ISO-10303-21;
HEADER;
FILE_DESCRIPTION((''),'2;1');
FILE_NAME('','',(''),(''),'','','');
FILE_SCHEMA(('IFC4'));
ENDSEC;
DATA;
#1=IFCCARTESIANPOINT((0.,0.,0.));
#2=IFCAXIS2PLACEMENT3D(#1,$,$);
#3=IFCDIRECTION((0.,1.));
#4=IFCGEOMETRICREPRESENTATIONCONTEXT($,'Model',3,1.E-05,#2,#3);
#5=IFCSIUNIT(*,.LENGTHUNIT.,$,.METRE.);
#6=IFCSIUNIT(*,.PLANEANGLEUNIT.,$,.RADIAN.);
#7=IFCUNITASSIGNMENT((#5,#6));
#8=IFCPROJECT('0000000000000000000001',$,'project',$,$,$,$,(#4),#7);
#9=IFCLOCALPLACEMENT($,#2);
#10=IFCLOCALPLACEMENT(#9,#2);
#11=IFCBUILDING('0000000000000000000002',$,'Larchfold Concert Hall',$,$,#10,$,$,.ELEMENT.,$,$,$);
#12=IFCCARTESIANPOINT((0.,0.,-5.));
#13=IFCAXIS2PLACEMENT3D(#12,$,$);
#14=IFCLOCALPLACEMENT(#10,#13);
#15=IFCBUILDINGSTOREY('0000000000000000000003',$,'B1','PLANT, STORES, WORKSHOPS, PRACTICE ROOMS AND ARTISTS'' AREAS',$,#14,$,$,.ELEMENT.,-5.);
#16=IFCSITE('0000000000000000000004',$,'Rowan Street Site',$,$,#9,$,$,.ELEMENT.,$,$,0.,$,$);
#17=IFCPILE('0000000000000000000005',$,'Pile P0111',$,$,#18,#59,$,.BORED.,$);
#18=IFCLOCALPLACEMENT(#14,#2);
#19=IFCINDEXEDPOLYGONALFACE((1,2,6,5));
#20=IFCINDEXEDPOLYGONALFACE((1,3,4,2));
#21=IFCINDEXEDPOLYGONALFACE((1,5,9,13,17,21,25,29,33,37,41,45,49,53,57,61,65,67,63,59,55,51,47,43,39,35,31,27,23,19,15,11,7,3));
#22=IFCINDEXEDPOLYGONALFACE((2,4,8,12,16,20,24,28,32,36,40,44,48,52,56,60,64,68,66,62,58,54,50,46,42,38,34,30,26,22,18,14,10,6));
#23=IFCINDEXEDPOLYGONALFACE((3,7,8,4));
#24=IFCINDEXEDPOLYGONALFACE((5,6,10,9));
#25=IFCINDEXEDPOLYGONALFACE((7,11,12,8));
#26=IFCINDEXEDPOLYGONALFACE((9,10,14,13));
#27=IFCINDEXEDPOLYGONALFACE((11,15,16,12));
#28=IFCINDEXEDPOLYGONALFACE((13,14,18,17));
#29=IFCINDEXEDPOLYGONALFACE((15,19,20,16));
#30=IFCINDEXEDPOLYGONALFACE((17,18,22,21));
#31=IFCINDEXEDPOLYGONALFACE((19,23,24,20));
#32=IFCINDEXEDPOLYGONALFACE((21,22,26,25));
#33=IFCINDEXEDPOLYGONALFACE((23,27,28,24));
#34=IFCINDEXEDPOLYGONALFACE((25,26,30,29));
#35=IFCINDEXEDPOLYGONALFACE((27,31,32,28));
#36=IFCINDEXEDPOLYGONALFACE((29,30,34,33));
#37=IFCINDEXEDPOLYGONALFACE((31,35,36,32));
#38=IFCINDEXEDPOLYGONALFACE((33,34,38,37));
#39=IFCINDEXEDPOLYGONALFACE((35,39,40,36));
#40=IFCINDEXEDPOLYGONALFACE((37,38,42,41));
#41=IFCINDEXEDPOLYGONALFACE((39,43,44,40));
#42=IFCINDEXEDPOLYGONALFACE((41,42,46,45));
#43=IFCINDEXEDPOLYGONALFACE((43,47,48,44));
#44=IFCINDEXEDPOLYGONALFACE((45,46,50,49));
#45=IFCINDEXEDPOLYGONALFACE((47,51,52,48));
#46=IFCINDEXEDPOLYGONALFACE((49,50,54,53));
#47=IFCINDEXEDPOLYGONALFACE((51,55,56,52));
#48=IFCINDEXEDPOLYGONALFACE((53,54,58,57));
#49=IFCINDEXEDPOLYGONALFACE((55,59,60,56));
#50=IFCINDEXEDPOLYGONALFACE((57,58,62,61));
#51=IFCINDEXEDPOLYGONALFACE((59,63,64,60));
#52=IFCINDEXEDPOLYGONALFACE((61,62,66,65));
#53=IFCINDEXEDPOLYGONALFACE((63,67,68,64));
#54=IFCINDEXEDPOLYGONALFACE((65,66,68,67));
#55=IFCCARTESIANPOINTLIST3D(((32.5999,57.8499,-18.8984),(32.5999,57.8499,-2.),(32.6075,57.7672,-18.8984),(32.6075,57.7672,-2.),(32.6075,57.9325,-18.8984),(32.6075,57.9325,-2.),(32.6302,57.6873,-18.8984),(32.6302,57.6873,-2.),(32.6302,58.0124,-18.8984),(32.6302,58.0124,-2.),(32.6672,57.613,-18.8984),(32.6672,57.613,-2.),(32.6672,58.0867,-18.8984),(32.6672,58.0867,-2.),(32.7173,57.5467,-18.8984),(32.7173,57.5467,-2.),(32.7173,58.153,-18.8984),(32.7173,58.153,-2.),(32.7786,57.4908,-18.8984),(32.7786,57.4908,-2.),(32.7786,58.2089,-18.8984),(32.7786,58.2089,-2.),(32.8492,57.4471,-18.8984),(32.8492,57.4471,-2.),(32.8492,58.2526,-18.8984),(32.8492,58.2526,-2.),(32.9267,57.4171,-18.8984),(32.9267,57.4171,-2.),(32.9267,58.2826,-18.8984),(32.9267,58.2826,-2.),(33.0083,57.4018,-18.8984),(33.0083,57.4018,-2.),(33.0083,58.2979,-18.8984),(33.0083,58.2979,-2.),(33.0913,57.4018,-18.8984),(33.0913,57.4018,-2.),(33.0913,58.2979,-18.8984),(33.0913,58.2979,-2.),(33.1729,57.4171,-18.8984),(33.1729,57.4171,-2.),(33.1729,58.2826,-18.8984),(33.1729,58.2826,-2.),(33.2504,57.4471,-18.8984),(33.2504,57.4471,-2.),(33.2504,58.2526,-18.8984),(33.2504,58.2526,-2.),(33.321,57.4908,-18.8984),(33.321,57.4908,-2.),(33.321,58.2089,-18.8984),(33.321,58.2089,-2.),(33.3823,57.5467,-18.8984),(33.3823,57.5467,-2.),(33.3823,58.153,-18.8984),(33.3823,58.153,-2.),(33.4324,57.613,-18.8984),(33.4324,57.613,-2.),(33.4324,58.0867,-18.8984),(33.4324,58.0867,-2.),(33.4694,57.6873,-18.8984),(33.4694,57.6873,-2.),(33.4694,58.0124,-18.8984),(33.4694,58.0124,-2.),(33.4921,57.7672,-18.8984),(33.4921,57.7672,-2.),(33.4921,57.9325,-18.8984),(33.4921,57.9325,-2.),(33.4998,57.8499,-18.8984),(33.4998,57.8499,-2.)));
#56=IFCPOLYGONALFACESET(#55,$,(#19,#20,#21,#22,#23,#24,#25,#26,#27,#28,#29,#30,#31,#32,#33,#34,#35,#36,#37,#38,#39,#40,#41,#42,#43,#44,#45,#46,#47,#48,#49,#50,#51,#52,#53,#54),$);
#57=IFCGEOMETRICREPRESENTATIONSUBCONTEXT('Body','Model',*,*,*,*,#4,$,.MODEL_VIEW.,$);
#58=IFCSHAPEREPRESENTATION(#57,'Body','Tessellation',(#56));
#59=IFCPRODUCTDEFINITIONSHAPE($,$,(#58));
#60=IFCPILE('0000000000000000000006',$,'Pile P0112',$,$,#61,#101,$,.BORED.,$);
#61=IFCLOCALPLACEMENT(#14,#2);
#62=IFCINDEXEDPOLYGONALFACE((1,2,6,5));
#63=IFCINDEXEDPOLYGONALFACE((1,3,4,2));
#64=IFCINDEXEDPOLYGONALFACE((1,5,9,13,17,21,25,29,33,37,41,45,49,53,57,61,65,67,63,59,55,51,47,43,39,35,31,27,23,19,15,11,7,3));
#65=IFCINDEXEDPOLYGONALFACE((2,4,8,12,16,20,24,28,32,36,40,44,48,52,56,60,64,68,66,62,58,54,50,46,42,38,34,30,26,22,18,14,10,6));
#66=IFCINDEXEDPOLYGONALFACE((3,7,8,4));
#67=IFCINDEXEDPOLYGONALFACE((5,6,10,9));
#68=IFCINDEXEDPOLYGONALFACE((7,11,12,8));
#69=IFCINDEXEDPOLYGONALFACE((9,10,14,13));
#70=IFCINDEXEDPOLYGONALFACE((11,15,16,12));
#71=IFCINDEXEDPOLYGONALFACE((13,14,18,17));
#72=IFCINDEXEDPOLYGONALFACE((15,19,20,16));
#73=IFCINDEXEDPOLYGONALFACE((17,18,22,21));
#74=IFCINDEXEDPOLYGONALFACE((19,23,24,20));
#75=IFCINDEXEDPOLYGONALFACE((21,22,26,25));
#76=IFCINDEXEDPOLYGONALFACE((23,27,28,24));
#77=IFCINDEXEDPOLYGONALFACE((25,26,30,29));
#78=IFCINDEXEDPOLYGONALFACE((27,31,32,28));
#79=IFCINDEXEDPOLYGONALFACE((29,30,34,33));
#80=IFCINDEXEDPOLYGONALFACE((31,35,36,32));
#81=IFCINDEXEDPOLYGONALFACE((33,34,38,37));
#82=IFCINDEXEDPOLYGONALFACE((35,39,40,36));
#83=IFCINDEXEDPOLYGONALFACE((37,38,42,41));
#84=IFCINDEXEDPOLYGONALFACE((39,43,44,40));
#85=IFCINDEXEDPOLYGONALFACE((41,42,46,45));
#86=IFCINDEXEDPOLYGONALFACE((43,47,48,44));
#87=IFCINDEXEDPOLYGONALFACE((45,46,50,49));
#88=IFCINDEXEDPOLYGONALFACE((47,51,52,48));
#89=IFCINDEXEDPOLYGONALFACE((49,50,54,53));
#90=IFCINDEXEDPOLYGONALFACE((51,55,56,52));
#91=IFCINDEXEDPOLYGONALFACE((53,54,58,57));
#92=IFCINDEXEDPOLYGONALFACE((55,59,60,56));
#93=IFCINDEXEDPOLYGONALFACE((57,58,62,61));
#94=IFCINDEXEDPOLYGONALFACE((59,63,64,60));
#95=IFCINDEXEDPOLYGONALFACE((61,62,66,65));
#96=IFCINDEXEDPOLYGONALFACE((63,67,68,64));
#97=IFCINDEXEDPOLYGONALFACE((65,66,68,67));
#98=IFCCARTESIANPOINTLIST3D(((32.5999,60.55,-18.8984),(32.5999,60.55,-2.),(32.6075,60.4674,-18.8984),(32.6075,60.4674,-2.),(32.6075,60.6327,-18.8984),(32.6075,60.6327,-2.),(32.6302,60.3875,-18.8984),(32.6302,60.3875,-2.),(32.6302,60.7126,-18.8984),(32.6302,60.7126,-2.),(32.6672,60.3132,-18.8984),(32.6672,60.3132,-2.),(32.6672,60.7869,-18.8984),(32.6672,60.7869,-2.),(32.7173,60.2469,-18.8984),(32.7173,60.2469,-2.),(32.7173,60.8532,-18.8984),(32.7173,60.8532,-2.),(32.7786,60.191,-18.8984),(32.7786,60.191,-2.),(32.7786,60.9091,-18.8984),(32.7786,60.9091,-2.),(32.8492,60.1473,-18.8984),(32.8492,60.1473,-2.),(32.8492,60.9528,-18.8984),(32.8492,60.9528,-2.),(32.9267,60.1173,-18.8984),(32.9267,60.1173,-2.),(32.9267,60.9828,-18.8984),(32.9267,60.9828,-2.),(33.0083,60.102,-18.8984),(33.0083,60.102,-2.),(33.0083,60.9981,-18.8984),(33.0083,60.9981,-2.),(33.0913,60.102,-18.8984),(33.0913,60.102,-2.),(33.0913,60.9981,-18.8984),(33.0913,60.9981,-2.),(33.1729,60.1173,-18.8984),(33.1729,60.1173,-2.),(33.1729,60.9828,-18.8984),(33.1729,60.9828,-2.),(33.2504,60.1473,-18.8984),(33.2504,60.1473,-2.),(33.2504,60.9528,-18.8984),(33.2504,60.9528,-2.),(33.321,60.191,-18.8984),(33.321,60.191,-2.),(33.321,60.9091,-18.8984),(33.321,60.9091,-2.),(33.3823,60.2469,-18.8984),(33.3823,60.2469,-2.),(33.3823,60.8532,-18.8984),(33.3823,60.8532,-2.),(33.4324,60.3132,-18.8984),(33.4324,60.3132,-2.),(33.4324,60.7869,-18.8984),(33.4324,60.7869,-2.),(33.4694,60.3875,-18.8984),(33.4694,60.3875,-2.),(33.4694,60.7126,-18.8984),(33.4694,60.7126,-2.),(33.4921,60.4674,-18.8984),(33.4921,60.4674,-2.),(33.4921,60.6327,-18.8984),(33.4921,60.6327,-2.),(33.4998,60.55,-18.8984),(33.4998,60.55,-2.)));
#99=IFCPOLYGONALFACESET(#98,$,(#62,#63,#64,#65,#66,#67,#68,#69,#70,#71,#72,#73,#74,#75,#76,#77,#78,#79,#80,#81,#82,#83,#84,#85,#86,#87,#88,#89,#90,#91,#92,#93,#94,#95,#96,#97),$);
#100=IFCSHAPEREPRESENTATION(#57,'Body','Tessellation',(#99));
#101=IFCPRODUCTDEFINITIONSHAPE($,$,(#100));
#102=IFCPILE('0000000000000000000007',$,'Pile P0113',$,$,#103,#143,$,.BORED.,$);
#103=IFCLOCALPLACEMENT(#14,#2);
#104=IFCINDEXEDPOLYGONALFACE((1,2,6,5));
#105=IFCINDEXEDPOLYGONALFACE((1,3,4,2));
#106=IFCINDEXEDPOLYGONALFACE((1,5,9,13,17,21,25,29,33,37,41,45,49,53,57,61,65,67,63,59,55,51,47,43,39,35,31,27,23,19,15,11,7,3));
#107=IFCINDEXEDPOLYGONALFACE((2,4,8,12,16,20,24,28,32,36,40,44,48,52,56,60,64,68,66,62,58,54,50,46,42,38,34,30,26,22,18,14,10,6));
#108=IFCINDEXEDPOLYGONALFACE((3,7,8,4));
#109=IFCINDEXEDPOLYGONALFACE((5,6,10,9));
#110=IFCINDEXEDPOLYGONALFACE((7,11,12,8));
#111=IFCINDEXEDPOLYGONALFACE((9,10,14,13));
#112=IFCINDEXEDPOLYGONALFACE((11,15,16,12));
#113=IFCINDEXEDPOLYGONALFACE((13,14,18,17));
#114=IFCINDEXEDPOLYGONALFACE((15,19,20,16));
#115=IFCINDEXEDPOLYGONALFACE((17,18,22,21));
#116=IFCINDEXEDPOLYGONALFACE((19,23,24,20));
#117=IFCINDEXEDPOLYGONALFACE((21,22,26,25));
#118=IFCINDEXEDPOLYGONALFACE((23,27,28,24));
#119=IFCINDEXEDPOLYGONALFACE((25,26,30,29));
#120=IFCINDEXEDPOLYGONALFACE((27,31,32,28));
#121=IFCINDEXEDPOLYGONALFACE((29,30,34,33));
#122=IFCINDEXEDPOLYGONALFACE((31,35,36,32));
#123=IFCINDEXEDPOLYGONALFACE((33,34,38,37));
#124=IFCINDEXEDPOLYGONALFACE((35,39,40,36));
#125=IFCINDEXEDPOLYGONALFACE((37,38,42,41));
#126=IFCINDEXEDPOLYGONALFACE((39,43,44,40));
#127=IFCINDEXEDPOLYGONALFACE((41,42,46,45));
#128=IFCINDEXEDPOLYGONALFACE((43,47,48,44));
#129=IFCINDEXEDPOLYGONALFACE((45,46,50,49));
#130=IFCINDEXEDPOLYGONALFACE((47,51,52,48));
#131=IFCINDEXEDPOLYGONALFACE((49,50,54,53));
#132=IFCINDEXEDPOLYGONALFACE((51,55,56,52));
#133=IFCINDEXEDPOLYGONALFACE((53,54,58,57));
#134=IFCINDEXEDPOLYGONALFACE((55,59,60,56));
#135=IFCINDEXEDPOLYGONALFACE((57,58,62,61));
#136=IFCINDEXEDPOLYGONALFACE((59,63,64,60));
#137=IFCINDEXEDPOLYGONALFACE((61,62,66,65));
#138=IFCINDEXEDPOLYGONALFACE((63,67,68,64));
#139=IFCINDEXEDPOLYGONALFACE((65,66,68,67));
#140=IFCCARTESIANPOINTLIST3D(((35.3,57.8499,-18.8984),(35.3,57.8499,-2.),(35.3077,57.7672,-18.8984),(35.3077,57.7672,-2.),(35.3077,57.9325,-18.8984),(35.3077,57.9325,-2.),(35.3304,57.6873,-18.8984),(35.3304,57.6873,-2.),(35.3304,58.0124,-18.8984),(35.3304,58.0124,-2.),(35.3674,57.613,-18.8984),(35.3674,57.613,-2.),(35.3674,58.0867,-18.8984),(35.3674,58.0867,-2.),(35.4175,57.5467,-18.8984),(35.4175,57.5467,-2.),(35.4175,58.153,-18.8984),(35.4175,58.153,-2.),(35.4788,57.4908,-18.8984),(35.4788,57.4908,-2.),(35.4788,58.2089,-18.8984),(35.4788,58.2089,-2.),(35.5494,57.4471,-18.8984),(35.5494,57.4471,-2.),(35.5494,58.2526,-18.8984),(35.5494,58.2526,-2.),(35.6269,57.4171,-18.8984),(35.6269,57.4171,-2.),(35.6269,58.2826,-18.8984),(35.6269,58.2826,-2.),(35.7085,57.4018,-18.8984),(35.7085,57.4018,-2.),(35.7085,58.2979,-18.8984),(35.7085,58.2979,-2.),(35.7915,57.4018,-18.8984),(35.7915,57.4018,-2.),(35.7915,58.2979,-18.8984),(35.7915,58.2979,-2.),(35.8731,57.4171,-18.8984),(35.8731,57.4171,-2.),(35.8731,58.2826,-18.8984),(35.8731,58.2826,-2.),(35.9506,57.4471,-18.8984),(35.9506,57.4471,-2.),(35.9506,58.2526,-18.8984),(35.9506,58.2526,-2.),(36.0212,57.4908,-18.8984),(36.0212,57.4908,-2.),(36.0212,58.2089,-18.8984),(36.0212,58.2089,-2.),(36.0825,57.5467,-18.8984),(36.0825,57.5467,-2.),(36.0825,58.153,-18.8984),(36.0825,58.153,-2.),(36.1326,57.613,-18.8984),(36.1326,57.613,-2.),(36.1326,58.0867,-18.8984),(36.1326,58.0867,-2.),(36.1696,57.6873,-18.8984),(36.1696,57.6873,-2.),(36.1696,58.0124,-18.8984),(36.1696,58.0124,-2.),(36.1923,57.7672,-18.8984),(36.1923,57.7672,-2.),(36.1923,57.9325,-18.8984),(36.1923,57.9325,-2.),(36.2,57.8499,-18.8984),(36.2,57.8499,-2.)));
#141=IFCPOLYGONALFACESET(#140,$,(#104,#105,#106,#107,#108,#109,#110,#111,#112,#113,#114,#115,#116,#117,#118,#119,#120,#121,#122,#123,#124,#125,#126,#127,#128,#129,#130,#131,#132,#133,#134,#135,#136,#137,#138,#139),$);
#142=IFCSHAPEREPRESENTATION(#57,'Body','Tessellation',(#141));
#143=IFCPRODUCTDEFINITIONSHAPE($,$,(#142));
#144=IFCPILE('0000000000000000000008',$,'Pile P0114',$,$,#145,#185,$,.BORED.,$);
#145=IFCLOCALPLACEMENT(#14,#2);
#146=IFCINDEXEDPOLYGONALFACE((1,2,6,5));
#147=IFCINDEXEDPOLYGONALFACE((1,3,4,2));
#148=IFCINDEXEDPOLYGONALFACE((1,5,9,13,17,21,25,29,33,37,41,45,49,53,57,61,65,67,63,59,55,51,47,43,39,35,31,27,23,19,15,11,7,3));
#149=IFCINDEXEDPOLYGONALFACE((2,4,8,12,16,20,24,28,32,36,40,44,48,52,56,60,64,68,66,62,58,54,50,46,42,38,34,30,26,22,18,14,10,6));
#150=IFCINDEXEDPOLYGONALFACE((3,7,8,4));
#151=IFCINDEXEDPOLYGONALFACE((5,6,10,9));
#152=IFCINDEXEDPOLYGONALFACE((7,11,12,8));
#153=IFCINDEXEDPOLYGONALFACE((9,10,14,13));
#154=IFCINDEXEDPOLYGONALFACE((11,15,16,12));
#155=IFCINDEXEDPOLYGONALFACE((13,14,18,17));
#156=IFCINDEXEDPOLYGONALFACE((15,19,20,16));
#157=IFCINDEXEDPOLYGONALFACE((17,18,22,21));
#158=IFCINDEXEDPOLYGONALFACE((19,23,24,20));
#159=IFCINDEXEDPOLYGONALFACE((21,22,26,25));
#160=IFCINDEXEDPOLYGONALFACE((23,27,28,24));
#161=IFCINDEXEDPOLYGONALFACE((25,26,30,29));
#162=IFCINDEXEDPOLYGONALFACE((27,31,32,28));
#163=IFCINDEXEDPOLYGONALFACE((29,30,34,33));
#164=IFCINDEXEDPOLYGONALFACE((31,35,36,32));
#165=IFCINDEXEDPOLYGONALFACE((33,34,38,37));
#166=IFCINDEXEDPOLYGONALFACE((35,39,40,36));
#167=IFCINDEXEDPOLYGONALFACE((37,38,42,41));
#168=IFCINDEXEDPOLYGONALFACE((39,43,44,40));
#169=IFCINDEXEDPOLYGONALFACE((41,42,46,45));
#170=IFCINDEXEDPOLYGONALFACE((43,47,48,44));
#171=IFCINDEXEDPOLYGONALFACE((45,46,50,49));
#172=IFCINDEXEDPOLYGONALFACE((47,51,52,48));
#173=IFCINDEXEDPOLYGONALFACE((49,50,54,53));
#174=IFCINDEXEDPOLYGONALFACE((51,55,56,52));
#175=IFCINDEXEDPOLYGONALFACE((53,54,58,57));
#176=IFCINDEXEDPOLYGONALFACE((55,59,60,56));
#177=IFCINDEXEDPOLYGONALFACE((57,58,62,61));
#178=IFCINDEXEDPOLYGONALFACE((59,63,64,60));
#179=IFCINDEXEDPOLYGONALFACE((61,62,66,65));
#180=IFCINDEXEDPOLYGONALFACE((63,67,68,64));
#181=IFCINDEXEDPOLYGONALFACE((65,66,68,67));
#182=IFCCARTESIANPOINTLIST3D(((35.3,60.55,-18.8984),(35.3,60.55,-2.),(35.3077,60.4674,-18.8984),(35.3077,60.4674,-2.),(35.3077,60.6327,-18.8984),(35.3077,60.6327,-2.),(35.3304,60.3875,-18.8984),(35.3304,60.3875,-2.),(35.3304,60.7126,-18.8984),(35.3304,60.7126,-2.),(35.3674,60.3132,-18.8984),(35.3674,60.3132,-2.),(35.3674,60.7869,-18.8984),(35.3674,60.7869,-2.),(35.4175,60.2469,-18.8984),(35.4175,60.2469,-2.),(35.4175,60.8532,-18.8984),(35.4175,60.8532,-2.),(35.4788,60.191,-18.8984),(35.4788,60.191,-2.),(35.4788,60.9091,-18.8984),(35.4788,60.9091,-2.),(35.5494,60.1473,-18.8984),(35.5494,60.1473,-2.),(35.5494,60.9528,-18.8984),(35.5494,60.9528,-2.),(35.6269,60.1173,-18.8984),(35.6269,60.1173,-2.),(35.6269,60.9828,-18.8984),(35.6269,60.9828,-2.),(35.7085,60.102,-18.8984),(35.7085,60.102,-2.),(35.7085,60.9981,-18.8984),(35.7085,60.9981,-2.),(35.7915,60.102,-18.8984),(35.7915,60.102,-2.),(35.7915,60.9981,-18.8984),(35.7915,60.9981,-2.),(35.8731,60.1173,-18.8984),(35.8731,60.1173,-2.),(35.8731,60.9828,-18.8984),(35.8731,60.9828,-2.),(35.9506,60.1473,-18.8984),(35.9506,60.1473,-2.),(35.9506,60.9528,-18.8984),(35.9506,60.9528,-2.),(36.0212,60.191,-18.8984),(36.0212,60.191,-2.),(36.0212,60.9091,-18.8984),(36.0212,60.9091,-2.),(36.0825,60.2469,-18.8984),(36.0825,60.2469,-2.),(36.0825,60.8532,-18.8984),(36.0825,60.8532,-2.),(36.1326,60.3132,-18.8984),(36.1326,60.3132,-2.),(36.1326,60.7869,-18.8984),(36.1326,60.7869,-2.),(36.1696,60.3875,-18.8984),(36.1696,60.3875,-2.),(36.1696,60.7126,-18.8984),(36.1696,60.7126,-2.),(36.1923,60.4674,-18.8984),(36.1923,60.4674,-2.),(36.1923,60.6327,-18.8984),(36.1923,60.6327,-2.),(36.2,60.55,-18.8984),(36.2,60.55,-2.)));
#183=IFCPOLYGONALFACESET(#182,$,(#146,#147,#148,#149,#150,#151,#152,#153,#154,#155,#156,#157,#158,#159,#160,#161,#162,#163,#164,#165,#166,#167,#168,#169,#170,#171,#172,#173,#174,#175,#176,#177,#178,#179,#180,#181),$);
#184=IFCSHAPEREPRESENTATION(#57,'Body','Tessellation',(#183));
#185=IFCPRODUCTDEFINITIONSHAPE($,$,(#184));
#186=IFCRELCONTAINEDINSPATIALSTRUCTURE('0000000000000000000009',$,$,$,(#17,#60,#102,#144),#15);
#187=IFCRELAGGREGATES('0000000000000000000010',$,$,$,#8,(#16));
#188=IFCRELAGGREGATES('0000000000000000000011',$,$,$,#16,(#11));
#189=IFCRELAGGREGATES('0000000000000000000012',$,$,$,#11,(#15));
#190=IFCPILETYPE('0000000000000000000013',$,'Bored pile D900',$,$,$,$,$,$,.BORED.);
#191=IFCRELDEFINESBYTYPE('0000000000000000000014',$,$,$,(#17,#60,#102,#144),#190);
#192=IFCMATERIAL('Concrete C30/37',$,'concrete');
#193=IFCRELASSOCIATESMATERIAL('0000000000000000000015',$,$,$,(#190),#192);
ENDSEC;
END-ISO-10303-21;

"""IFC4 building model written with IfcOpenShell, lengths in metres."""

from ifc_helpers import new_model, si_unit, direction, frame, origin, origin_2d, place, context, subcontext, project, spatial, circle, extrude, material, material_profile, profile_set, type_object, element, save


model = new_model("IFC4")

# Units and contexts
model_context = context("Model", 3, precision=1e-05, world=origin(), true_north=direction((0.0, 1.0)))
body_context = subcontext(model_context, "Body", "Model", "MODEL_VIEW")
ifc_project = project(units=[si_unit("LENGTHUNIT", "METRE"), si_unit("PLANEANGLEUNIT", "RADIAN")], contexts=[model_context])

# Site, building, storey
site_placement = place(None, origin())
site = spatial("IfcSite", under=ifc_project, at=site_placement, Name="Rowan Street Site", CompositionType="ELEMENT", RefElevation=0.0)
building_placement = place(site_placement, origin())
building = spatial("IfcBuilding", under=site, at=building_placement, Name="Larchfold Concert Hall", CompositionType="ELEMENT")
storey_placement = place(building_placement, frame((0.0, 0.0, -5.0)))
storey = spatial("IfcBuildingStorey", under=building, at=storey_placement, Name="B1", Description="PLANT, STORES, WORKSHOPS, PRACTICE ROOMS AND ARTISTS' AREAS", CompositionType="ELEMENT", Elevation=-5.0)

# Piles
ifc_material_1 = material(Name="Concrete C30/37", Category="concrete")
ifc_material_profile_1 = material_profile(ifc_material_1, circle(Radius=0.45, at=origin_2d()))
ifc_profile_set_1 = profile_set([ifc_material_profile_1], Name="Concrete C30/37")
pile_type_1 = type_object("IfcPileType", Name="Bored pile D900", PredefinedType="BORED", material=ifc_profile_set_1)
for number, where, z_axis, x_axis, name in (
    (1, (33.0498, 57.8499, -2.0), (0.0, 0.0, -1.0), (1.0, 0.0, 0.0), "Pile P0111"),
    (2, (33.0498, 60.55, -2.0), (0.0, 0.0, -1.0), (1.0, 0.0, 0.0), "Pile P0112"),
    (3, (35.75, 57.8499, -2.0), (0.0, 0.0, -1.0), (1.0, 0.0, 0.0), "Pile P0113"),
    (4, (35.75, 60.55, -2.0), (0.0, 0.0, -1.0), (1.0, 0.0, 0.0), "Pile P0114"),
):
    element("IfcPile", number, at=place(storey_placement, frame(where, z_axis=z_axis, x_axis=x_axis)), inside=storey, type_object=pile_type_1, Name=name, PredefinedType="BORED", context=body_context, shape_type="SweptSolid", body=[
        extrude(circle(Radius=0.45, at=origin_2d()), origin(), (0.0, 0.0, 1.0), 16.8984),
    ])

save(model, "model.ifc")
